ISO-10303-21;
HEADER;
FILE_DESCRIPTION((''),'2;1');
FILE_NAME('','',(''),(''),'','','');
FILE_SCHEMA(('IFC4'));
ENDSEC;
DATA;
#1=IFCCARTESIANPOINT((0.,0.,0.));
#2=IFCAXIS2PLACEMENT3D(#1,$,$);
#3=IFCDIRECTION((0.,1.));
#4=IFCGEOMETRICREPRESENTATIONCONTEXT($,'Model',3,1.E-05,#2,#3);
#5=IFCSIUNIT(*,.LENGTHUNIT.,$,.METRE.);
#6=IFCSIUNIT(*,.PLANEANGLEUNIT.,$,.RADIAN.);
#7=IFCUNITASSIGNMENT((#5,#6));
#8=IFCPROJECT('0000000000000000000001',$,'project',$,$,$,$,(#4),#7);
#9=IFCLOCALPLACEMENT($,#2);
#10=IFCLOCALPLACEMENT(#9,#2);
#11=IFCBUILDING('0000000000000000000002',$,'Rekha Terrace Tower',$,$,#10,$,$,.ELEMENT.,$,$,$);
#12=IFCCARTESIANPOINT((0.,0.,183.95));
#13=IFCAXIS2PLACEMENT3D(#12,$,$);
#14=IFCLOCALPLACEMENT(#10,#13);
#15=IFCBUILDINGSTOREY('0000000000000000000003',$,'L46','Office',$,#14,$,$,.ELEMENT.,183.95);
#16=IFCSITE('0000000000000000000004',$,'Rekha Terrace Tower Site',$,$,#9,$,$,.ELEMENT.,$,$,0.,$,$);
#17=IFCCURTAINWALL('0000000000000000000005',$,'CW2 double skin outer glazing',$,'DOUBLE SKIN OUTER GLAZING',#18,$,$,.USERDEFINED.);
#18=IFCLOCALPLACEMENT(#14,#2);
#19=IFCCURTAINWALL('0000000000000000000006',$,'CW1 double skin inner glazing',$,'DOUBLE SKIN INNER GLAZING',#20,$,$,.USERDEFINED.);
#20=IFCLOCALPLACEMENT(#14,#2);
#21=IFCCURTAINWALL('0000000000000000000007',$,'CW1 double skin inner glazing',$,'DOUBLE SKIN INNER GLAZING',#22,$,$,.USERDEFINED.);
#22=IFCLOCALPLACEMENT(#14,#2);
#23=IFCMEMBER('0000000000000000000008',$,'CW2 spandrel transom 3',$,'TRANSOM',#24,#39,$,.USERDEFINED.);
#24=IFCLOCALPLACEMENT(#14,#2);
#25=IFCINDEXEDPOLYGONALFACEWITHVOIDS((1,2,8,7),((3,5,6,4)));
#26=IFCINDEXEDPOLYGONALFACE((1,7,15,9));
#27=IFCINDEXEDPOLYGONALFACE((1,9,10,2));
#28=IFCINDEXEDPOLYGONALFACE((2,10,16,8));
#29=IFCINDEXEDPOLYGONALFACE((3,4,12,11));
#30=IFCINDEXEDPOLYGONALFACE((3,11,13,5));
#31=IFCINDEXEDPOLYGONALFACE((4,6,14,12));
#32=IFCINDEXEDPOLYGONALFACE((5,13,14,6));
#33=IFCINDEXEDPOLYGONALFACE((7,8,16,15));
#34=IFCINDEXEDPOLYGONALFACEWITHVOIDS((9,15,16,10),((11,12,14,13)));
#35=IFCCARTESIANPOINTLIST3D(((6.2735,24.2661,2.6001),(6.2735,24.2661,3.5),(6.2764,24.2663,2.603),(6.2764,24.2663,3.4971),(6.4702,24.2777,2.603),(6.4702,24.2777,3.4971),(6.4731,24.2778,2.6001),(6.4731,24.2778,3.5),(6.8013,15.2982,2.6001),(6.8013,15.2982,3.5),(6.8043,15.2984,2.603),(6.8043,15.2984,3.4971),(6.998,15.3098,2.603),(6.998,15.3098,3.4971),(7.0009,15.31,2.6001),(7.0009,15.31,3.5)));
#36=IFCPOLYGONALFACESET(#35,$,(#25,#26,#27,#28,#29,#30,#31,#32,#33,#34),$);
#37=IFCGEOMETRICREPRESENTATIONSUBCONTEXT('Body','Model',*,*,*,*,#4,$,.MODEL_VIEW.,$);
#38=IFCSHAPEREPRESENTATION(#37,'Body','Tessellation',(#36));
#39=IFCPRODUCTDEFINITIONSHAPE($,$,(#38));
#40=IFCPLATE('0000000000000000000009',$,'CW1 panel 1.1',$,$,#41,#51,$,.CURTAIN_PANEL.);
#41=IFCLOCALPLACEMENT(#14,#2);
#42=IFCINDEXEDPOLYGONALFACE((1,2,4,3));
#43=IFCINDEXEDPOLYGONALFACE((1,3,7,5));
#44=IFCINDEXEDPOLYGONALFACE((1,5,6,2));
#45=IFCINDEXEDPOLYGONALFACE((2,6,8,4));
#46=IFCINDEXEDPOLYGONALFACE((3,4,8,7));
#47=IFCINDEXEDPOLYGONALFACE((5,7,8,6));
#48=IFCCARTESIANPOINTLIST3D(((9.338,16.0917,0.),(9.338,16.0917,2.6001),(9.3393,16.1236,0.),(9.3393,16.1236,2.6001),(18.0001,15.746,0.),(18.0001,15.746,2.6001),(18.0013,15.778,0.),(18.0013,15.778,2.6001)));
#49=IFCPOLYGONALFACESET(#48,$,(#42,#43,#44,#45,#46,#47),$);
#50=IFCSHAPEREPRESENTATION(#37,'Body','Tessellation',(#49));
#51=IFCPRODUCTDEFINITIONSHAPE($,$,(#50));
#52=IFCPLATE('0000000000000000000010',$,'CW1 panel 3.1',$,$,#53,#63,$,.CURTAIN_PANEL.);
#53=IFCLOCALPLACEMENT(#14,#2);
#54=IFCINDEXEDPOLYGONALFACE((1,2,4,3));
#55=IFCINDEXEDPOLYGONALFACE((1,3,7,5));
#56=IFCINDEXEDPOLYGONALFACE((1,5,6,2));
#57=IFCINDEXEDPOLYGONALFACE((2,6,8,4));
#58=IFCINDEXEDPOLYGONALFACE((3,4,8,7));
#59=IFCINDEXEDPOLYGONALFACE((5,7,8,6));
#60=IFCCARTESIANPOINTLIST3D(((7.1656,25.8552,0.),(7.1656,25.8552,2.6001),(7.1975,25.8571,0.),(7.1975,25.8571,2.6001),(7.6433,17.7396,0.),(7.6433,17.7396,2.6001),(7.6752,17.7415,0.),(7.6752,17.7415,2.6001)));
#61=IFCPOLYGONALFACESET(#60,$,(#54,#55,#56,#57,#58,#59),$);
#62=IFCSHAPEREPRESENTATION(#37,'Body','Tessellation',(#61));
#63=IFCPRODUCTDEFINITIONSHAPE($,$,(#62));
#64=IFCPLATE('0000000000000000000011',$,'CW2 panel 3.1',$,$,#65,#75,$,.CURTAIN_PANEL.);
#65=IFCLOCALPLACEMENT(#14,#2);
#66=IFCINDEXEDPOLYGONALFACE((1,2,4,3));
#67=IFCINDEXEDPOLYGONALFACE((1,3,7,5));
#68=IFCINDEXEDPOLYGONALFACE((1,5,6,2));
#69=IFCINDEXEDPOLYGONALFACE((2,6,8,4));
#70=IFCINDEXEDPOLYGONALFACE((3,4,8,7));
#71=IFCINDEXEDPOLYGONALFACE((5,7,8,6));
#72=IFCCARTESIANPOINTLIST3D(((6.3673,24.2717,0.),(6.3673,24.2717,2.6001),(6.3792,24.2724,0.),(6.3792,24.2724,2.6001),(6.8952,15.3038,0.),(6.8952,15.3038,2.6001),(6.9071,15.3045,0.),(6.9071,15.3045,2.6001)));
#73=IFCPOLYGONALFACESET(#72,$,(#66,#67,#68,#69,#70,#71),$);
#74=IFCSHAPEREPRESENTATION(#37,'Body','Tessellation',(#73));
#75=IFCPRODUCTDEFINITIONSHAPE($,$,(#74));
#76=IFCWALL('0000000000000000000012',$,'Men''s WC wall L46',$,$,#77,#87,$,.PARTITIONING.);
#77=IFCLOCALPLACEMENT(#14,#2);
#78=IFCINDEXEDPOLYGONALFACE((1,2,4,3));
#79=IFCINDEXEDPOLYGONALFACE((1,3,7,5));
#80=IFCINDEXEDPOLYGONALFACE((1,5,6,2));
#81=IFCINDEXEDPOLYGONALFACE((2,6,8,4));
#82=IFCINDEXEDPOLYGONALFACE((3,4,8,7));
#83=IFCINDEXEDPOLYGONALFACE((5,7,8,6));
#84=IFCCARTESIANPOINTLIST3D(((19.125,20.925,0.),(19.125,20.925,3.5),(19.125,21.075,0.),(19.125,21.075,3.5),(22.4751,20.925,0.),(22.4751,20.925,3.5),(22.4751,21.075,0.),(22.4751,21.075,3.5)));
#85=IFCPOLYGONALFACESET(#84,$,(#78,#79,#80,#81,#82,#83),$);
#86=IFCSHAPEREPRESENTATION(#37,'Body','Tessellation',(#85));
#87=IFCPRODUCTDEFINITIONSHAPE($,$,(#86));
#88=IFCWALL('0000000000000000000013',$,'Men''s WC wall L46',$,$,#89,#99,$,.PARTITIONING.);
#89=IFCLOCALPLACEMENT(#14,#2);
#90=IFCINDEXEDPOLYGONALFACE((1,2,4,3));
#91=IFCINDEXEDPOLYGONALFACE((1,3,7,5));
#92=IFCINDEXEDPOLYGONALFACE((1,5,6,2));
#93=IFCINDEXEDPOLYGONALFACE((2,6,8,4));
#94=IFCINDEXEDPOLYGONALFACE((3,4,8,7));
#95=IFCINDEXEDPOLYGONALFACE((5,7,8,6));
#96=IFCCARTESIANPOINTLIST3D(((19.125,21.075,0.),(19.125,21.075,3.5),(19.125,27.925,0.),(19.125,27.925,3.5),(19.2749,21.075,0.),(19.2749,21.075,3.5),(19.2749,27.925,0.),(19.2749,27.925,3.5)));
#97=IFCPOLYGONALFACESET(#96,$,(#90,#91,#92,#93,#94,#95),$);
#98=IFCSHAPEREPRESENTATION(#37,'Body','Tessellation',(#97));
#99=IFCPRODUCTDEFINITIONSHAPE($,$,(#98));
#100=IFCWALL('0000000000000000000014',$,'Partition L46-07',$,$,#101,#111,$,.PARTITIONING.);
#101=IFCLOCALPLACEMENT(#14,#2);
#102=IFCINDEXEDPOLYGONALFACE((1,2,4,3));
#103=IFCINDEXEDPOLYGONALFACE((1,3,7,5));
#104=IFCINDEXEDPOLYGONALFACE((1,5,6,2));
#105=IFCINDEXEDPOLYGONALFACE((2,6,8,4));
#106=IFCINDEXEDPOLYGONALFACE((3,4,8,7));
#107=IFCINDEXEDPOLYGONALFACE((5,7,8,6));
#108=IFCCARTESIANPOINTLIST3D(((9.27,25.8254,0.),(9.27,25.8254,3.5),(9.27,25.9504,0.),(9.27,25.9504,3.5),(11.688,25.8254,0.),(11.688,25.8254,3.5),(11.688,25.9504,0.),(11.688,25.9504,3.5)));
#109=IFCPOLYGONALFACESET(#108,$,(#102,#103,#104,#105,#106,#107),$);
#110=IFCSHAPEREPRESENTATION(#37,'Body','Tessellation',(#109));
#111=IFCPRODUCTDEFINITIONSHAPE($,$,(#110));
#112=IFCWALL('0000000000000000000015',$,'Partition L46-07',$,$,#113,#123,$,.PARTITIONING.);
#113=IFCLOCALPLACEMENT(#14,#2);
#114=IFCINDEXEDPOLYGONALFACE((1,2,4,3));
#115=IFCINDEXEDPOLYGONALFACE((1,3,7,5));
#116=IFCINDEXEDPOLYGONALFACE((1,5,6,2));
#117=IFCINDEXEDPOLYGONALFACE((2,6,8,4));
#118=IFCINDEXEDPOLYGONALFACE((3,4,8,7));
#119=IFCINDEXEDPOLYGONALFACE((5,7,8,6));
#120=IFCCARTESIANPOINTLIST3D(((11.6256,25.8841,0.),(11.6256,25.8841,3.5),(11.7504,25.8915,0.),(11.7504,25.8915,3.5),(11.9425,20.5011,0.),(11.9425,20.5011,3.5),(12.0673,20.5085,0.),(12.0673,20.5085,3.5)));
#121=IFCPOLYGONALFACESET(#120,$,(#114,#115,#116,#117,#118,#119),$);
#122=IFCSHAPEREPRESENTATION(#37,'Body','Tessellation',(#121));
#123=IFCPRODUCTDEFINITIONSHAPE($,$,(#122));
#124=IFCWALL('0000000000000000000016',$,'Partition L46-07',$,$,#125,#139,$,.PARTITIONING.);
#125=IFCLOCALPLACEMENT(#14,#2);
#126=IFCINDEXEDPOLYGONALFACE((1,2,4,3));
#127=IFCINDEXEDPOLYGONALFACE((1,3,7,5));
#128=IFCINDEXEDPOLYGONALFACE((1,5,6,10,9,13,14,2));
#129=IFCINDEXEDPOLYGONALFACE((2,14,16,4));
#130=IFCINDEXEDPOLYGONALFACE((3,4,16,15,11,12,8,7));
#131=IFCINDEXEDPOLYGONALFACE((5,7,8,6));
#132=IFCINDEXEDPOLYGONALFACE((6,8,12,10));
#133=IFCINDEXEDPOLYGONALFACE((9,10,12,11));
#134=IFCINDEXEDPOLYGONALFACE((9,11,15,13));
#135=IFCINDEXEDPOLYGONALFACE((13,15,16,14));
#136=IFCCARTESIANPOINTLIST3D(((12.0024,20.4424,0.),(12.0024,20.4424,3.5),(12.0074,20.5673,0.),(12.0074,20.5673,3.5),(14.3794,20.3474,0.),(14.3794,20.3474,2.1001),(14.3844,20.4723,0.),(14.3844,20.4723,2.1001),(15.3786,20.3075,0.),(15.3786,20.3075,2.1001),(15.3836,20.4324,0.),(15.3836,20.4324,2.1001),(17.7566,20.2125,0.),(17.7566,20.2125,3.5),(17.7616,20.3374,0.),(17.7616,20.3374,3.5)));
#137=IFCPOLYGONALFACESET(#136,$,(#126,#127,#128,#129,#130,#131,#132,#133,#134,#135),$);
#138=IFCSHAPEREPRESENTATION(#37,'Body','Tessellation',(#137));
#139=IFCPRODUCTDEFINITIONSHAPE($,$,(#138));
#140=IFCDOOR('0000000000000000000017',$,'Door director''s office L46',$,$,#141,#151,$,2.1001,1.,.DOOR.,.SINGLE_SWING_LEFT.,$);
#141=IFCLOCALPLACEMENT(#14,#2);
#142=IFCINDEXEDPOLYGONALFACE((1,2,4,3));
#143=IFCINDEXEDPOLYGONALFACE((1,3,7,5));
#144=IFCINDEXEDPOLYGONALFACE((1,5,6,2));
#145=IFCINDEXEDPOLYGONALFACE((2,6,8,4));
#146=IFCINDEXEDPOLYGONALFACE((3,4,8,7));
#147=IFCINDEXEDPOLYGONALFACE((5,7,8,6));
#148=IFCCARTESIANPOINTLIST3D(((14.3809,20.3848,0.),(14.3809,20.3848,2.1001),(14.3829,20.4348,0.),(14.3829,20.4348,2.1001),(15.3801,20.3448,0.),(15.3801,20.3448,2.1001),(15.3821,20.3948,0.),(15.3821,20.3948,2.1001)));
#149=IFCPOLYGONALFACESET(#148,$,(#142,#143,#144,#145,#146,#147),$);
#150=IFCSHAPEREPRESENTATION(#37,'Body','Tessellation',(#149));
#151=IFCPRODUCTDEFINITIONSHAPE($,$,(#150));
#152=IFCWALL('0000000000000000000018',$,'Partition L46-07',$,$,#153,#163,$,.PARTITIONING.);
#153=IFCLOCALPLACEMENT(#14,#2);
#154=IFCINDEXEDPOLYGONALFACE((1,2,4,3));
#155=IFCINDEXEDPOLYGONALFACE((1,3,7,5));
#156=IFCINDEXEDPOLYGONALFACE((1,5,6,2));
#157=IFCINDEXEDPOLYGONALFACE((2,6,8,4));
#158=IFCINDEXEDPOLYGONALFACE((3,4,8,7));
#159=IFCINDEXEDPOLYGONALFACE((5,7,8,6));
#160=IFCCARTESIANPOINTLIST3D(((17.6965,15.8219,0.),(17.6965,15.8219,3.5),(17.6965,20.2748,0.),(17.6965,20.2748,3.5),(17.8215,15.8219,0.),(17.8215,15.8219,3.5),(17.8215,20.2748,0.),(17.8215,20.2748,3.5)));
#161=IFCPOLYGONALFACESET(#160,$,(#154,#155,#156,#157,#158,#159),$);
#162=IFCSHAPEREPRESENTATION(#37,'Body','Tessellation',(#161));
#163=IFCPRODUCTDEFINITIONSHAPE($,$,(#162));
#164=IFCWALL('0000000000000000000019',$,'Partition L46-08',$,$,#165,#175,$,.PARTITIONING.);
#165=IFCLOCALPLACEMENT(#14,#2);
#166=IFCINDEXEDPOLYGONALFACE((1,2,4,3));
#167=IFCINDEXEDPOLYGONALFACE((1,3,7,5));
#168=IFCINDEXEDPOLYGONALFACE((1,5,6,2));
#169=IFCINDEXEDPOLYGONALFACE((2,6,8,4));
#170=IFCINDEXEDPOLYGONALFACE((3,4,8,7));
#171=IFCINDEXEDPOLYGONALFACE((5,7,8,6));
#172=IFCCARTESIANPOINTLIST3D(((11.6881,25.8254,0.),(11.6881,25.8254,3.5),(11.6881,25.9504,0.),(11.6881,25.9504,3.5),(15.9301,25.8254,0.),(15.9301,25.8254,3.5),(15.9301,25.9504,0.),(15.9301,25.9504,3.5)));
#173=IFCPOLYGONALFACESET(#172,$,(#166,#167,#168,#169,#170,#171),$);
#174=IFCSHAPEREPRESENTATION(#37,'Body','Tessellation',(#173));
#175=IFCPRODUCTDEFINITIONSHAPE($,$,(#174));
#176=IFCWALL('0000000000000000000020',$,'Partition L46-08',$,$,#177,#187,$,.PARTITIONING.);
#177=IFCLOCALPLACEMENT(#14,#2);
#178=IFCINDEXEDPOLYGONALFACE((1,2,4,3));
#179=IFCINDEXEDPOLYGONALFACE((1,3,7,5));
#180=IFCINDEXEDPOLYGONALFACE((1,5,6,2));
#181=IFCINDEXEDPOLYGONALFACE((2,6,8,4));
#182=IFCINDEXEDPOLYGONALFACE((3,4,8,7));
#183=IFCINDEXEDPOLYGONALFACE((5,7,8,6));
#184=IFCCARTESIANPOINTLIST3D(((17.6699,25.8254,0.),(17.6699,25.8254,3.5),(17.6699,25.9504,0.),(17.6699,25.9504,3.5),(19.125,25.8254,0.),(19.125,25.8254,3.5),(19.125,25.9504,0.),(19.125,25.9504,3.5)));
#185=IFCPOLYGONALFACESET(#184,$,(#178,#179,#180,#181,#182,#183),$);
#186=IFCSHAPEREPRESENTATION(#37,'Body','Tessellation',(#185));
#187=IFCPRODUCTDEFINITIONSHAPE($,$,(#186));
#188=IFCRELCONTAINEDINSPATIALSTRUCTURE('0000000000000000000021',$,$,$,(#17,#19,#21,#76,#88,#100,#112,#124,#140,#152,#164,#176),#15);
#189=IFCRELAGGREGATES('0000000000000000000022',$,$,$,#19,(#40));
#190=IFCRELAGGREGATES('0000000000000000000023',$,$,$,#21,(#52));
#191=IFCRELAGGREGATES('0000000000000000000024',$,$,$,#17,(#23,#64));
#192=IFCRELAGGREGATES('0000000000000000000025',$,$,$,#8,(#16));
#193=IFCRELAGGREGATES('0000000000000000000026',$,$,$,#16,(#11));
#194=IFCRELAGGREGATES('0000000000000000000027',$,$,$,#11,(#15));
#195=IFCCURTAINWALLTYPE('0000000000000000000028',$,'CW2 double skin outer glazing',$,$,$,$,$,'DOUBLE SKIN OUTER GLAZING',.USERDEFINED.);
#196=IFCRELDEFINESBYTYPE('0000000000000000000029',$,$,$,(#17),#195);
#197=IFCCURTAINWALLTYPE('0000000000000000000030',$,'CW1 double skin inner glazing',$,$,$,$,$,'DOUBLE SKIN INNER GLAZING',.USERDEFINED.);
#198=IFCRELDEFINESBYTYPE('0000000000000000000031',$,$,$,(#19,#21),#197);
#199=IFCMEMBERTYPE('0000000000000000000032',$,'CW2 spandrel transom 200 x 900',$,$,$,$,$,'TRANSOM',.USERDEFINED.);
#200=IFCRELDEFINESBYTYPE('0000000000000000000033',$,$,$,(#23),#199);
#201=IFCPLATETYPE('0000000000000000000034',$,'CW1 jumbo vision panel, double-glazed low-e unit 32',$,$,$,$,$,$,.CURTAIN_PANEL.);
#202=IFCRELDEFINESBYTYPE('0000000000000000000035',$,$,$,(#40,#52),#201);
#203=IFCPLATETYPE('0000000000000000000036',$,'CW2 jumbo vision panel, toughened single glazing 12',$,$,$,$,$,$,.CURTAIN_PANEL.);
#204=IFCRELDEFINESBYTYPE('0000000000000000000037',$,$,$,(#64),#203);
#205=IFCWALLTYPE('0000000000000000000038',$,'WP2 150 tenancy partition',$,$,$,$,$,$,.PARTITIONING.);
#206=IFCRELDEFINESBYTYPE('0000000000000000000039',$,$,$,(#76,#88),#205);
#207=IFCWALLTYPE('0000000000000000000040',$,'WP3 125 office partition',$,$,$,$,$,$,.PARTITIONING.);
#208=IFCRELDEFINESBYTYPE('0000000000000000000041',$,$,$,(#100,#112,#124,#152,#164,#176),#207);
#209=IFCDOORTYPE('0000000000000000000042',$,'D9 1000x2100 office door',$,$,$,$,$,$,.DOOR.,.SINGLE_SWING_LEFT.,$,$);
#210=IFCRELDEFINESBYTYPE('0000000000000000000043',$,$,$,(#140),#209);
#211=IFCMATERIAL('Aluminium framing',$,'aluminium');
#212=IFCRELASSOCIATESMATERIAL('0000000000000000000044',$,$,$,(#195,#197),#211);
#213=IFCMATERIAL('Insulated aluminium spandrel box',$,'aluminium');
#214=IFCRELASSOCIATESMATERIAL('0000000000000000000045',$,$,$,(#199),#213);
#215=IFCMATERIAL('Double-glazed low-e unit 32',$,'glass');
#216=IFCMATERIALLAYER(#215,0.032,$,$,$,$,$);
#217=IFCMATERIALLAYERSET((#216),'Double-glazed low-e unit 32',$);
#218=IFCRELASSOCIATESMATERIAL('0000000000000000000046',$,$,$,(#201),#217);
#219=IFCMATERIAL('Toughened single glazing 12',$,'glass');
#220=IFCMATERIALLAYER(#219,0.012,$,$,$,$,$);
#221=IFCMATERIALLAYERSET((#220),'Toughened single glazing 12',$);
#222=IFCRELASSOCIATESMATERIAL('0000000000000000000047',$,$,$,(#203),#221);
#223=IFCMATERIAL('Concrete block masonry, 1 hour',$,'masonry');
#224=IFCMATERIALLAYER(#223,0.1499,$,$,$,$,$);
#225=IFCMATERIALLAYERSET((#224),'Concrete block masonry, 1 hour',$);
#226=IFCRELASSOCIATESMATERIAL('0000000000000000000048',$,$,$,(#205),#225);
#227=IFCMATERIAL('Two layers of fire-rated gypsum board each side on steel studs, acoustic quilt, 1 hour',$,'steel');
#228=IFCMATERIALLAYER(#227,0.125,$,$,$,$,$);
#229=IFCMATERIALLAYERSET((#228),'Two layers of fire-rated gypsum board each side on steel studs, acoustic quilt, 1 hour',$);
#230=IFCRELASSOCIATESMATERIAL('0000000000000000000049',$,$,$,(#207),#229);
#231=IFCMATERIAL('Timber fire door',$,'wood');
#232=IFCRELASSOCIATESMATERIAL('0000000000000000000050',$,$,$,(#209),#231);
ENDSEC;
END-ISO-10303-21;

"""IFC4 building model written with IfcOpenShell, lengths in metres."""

from ifc_helpers import new_model, si_unit, direction, frame, frame_2d, origin, origin_2d, place, context, subcontext, project, spatial, rectangle, hollow_rectangle, extrude, material, layer, layer_set, material_profile, profile_set, type_object, element, fill, aggregate, save


model = new_model("IFC4")

# Units and contexts
model_context = context("Model", 3, precision=1e-05, world=origin(), true_north=direction((0.0, 1.0)))
body_context = subcontext(model_context, "Body", "Model", "MODEL_VIEW")
ifc_project = project(units=[si_unit("LENGTHUNIT", "METRE"), si_unit("PLANEANGLEUNIT", "RADIAN")], contexts=[model_context])

# Site, building, storey
site_placement = place(None, origin())
site = spatial("IfcSite", under=ifc_project, at=site_placement, Name="Rekha Terrace Tower Site", CompositionType="ELEMENT", RefElevation=0.0)
building_placement = place(site_placement, origin())
building = spatial("IfcBuilding", under=site, at=building_placement, Name="Rekha Terrace Tower", CompositionType="ELEMENT")
storey_placement = place(building_placement, frame((0.0, 0.0, 183.95)))
storey = spatial("IfcBuildingStorey", under=building, at=storey_placement, Name="L46", Description="Office", CompositionType="ELEMENT", Elevation=183.95)

# Curtain wall
ifc_material_1 = material(Name="Aluminium framing", Category="aluminium")
curtain_wall_type_1 = type_object("IfcCurtainWallType", Name="CW2 double skin outer glazing", ElementType="DOUBLE SKIN OUTER GLAZING", PredefinedType="USERDEFINED", material=ifc_material_1)
curtain_wall_1_placement = place(storey_placement, origin())
curtain_wall_1 = element("IfcCurtainWall", 1, at=curtain_wall_1_placement, inside=storey, type_object=curtain_wall_type_1, Name="CW2 double skin outer glazing", ObjectType="DOUBLE SKIN OUTER GLAZING", PredefinedType="USERDEFINED")

# Curtain walls
curtain_wall_type_2 = type_object("IfcCurtainWallType", Name="CW1 double skin inner glazing", ElementType="DOUBLE SKIN INNER GLAZING", PredefinedType="USERDEFINED", material=ifc_material_1)
curtain_wall_2_placement = place(storey_placement, origin())
curtain_wall_2 = element("IfcCurtainWall", 2, at=curtain_wall_2_placement, inside=storey, type_object=curtain_wall_type_2, Name="CW1 double skin inner glazing", ObjectType="DOUBLE SKIN INNER GLAZING", PredefinedType="USERDEFINED")
curtain_wall_3_placement = place(storey_placement, origin())
curtain_wall_3 = element("IfcCurtainWall", 3, at=curtain_wall_3_placement, inside=storey, type_object=curtain_wall_type_2, Name="CW1 double skin inner glazing", ObjectType="DOUBLE SKIN INNER GLAZING", PredefinedType="USERDEFINED")

# Member
ifc_material_2 = material(Name="Insulated aluminium spandrel box", Category="aluminium")
ifc_material_profile_1 = material_profile(ifc_material_2, hollow_rectangle(XDim=0.2, YDim=0.8999, WallThickness=0.0029, at=origin_2d()), Name="AL SPANDREL BOX 200x900")
ifc_profile_set_1 = profile_set([ifc_material_profile_1], Name="Insulated aluminium spandrel box")
member_type_1 = type_object("IfcMemberType", Name="CW2 spandrel transom 200 x 900", ElementType="TRANSOM", PredefinedType="USERDEFINED", material=ifc_profile_set_1)
member_1_placement = place(storey_placement, frame((6.3733, 24.272, 3.05), z_axis=(0.058757, -0.998272, 0.0), x_axis=(0.998272, 0.058757, 0.0)))
member_1 = element("IfcMember", 4, at=member_1_placement, type_object=member_type_1, Name="CW2 spandrel transom 3", ObjectType="TRANSOM", PredefinedType="USERDEFINED", context=body_context, shape_type="SweptSolid", body=[
    extrude(hollow_rectangle(XDim=0.2, YDim=0.8999, WallThickness=0.0029, at=origin_2d()), origin(), (0.0, 0.0, 1.0), 8.9834),
])

# Plates
ifc_material_3 = material(Name="Double-glazed low-e unit 32", Category="glass")
ifc_layer_1 = layer(ifc_material_3, 0.032)
ifc_layer_set_1 = layer_set([ifc_layer_1], Name="Double-glazed low-e unit 32")
plate_type_1 = type_object("IfcPlateType", Name="CW1 jumbo vision panel, double-glazed low-e unit 32", PredefinedType="CURTAIN_PANEL", material=ifc_layer_set_1)
plate_1_placement = place(storey_placement, frame((13.6697, 15.9348, 0.0), z_axis=(0.0, 0.0, 1.0), x_axis=(0.999205, -0.039872, 0.0)))
plate_1 = element("IfcPlate", 5, at=plate_1_placement, type_object=plate_type_1, Name="CW1 panel 1.1", PredefinedType="CURTAIN_PANEL", context=body_context, shape_type="SweptSolid", body=[
    extrude(rectangle(XDim=8.6689, YDim=0.032, at=origin_2d()), origin(), (0.0, 0.0, 1.0), 2.6001),
])
aggregate(curtain_wall_2, [plate_1])
plate_2_placement = place(storey_placement, frame((7.4204, 21.7983, 0.0), z_axis=(0.0, 0.0, 1.0), x_axis=(0.058765, -0.998272, 0.0)))
plate_2 = element("IfcPlate", 6, at=plate_2_placement, type_object=plate_type_1, Name="CW1 panel 3.1", PredefinedType="CURTAIN_PANEL", context=body_context, shape_type="SweptSolid", body=[
    extrude(rectangle(XDim=8.1296, YDim=0.032, at=origin_2d()), origin(), (0.0, 0.0, 1.0), 2.6001),
])
aggregate(curtain_wall_3, [plate_2])
ifc_material_4 = material(Name="Toughened single glazing 12", Category="glass")
ifc_layer_2 = layer(ifc_material_4, 0.012)
ifc_layer_set_2 = layer_set([ifc_layer_2], Name="Toughened single glazing 12")
plate_type_2 = type_object("IfcPlateType", Name="CW2 jumbo vision panel, toughened single glazing 12", PredefinedType="CURTAIN_PANEL", material=ifc_layer_set_2)
plate_3_placement = place(storey_placement, frame((6.6372, 19.7881, 0.0), z_axis=(0.0, 0.0, 1.0), x_axis=(0.058765, -0.998272, 0.0)))
plate_3 = element("IfcPlate", 7, at=plate_3_placement, type_object=plate_type_2, Name="CW2 panel 3.1", PredefinedType="CURTAIN_PANEL", context=body_context, shape_type="SweptSolid", body=[
    extrude(rectangle(XDim=8.9834, YDim=0.012, at=origin_2d()), origin(), (0.0, 0.0, 1.0), 2.6001),
])
aggregate(curtain_wall_1, [member_1, plate_3])

# Walls
ifc_material_5 = material(Name="Concrete block masonry, 1 hour", Category="masonry")
ifc_layer_3 = layer(ifc_material_5, 0.1499)
ifc_layer_set_3 = layer_set([ifc_layer_3], Name="Concrete block masonry, 1 hour")
wall_type_1 = type_object("IfcWallType", Name="WP2 150 tenancy partition", PredefinedType="PARTITIONING", material=ifc_layer_set_3)
wall_1_placement = place(storey_placement, frame((19.125, 21.0, 0.0), z_axis=(0.0, 0.0, 1.0), x_axis=(1.0, 0.0, 0.0)))
element("IfcWall", 8, at=wall_1_placement, inside=storey, type_object=wall_type_1, Name="Men's WC wall L46", PredefinedType="PARTITIONING", context=body_context, shape_type="SweptSolid", body=[
    extrude(rectangle(XDim=3.3501, YDim=0.1499, at=frame_2d((1.675, 0.0))), origin(), (0.0, 0.0, 1.0), 3.5),
])
wall_2_placement = place(storey_placement, frame((19.2, 21.075, 0.0), z_axis=(0.0, 0.0, 1.0), x_axis=(0.0, 1.0, 0.0)))
element("IfcWall", 9, at=wall_2_placement, inside=storey, type_object=wall_type_1, Name="Men's WC wall L46", PredefinedType="PARTITIONING", context=body_context, shape_type="SweptSolid", body=[
    extrude(rectangle(XDim=6.8501, YDim=0.1499, at=frame_2d((3.425, 0.0))), origin(), (0.0, 0.0, 1.0), 3.5),
])
ifc_material_6 = material(Name="Two layers of fire-rated gypsum board each side on steel studs, acoustic quilt, 1 hour", Category="steel")
ifc_layer_4 = layer(ifc_material_6, 0.125)
ifc_layer_set_4 = layer_set([ifc_layer_4], Name="Two layers of fire-rated gypsum board each side on steel studs, acoustic quilt, 1 hour")
wall_type_2 = type_object("IfcWallType", Name="WP3 125 office partition", PredefinedType="PARTITIONING", material=ifc_layer_set_4)
wall_3_placement = place(storey_placement, frame((9.27, 25.8879, 0.0), z_axis=(0.0, 0.0, 1.0), x_axis=(1.0, 0.0, 0.0)))
element("IfcWall", 10, at=wall_3_placement, inside=storey, type_object=wall_type_2, Name="Partition L46-07", PredefinedType="PARTITIONING", context=body_context, shape_type="SweptSolid", body=[
    extrude(rectangle(XDim=2.418, YDim=0.125, at=frame_2d((1.209, 0.0))), origin(), (0.0, 0.0, 1.0), 3.5),
])
wall_4_placement = place(storey_placement, frame((11.688, 25.8879, 0.0), z_axis=(0.0, 0.0, 1.0), x_axis=(0.058767, -0.998272, 0.0)))
element("IfcWall", 11, at=wall_4_placement, inside=storey, type_object=wall_type_2, Name="Partition L46-07", PredefinedType="PARTITIONING", context=body_context, shape_type="SweptSolid", body=[
    extrude(rectangle(XDim=5.3923, YDim=0.125, at=frame_2d((2.6963, 0.0))), origin(), (0.0, 0.0, 1.0), 3.5),
])

# Wall, opening, door
wall_5_placement = place(storey_placement, frame((12.0049, 20.5049, 0.0), z_axis=(0.0, 0.0, 1.0), x_axis=(0.999202, -0.039936, 0.0)))
wall_5 = element("IfcWall", 12, at=wall_5_placement, inside=storey, type_object=wall_type_2, Name="Partition L46-07", PredefinedType="PARTITIONING", context=body_context, shape_type="SweptSolid", body=[
    extrude(rectangle(XDim=5.7588, YDim=0.125, at=frame_2d((2.8794, 0.0))), origin(), (0.0, 0.0, 1.0), 3.5),
])
opening_1_placement = place(wall_5_placement, frame((2.3789, 0.0, 0.0)))
opening_1 = element("IfcOpeningElement", 13, at=opening_1_placement, cuts=wall_5, PredefinedType="OPENING", context=body_context, shape_type="SweptSolid", body=[
    extrude(rectangle(XDim=1.0, YDim=2.1001, at=frame_2d((0.5, 1.05))), frame((0.0, 0.0725, 0.0), z_axis=(0.0, -1.0, 0.0), x_axis=(1.0, 0.0, 0.0)), (0.0, 0.0, 1.0), 0.145),
])
ifc_material_7 = material(Name="Timber fire door", Category="wood")
door_type = type_object("IfcDoorType", Name="D9 1000x2100 office door", OperationType="SINGLE_SWING_LEFT", PredefinedType="DOOR", material=ifc_material_7)
door_1_placement = place(opening_1_placement, origin())
door_1 = element("IfcDoor", 14, at=door_1_placement, inside=storey, type_object=door_type, Name="Door director's office L46", OperationType="SINGLE_SWING_LEFT", OverallHeight=2.1001, OverallWidth=1.0, PredefinedType="DOOR", context=body_context, shape_type="SweptSolid", body=[
    extrude(rectangle(XDim=1.0, YDim=2.1001, at=frame_2d((0.5, 1.05))), frame((0.0, 0.0249, 0.0), z_axis=(0.0, -1.0, 0.0), x_axis=(1.0, 0.0, 0.0)), (0.0, 0.0, 1.0), 0.05),
])
fill(opening_1, door_1)

# Walls
wall_6_placement = place(storey_placement, frame((17.759, 20.2749, 0.0), z_axis=(0.0, 0.0, 1.0), x_axis=(0.0, -1.0, 0.0)))
element("IfcWall", 15, at=wall_6_placement, inside=storey, type_object=wall_type_2, Name="Partition L46-07", PredefinedType="PARTITIONING", context=body_context, shape_type="SweptSolid", body=[
    extrude(rectangle(XDim=4.4529, YDim=0.125, at=frame_2d((2.2266, 0.0))), origin(), (0.0, 0.0, 1.0), 3.5),
])
wall_7_placement = place(storey_placement, frame((11.688, 25.8879, 0.0), z_axis=(0.0, 0.0, 1.0), x_axis=(1.0, 0.0, 0.0)))
element("IfcWall", 16, at=wall_7_placement, inside=storey, type_object=wall_type_2, Name="Partition L46-08", PredefinedType="PARTITIONING", context=body_context, shape_type="SweptSolid", body=[
    extrude(rectangle(XDim=4.2419, YDim=0.125, at=frame_2d((2.1211, 0.0))), origin(), (0.0, 0.0, 1.0), 3.5),
])
wall_8_placement = place(storey_placement, frame((17.6699, 25.8879, 0.0), z_axis=(0.0, 0.0, 1.0), x_axis=(1.0, 0.0, 0.0)))
element("IfcWall", 17, at=wall_8_placement, inside=storey, type_object=wall_type_2, Name="Partition L46-08", PredefinedType="PARTITIONING", context=body_context, shape_type="SweptSolid", body=[
    extrude(rectangle(XDim=1.4551, YDim=0.125, at=frame_2d((0.7275, 0.0))), origin(), (0.0, 0.0, 1.0), 3.5),
])

save(model, "model.ifc")
